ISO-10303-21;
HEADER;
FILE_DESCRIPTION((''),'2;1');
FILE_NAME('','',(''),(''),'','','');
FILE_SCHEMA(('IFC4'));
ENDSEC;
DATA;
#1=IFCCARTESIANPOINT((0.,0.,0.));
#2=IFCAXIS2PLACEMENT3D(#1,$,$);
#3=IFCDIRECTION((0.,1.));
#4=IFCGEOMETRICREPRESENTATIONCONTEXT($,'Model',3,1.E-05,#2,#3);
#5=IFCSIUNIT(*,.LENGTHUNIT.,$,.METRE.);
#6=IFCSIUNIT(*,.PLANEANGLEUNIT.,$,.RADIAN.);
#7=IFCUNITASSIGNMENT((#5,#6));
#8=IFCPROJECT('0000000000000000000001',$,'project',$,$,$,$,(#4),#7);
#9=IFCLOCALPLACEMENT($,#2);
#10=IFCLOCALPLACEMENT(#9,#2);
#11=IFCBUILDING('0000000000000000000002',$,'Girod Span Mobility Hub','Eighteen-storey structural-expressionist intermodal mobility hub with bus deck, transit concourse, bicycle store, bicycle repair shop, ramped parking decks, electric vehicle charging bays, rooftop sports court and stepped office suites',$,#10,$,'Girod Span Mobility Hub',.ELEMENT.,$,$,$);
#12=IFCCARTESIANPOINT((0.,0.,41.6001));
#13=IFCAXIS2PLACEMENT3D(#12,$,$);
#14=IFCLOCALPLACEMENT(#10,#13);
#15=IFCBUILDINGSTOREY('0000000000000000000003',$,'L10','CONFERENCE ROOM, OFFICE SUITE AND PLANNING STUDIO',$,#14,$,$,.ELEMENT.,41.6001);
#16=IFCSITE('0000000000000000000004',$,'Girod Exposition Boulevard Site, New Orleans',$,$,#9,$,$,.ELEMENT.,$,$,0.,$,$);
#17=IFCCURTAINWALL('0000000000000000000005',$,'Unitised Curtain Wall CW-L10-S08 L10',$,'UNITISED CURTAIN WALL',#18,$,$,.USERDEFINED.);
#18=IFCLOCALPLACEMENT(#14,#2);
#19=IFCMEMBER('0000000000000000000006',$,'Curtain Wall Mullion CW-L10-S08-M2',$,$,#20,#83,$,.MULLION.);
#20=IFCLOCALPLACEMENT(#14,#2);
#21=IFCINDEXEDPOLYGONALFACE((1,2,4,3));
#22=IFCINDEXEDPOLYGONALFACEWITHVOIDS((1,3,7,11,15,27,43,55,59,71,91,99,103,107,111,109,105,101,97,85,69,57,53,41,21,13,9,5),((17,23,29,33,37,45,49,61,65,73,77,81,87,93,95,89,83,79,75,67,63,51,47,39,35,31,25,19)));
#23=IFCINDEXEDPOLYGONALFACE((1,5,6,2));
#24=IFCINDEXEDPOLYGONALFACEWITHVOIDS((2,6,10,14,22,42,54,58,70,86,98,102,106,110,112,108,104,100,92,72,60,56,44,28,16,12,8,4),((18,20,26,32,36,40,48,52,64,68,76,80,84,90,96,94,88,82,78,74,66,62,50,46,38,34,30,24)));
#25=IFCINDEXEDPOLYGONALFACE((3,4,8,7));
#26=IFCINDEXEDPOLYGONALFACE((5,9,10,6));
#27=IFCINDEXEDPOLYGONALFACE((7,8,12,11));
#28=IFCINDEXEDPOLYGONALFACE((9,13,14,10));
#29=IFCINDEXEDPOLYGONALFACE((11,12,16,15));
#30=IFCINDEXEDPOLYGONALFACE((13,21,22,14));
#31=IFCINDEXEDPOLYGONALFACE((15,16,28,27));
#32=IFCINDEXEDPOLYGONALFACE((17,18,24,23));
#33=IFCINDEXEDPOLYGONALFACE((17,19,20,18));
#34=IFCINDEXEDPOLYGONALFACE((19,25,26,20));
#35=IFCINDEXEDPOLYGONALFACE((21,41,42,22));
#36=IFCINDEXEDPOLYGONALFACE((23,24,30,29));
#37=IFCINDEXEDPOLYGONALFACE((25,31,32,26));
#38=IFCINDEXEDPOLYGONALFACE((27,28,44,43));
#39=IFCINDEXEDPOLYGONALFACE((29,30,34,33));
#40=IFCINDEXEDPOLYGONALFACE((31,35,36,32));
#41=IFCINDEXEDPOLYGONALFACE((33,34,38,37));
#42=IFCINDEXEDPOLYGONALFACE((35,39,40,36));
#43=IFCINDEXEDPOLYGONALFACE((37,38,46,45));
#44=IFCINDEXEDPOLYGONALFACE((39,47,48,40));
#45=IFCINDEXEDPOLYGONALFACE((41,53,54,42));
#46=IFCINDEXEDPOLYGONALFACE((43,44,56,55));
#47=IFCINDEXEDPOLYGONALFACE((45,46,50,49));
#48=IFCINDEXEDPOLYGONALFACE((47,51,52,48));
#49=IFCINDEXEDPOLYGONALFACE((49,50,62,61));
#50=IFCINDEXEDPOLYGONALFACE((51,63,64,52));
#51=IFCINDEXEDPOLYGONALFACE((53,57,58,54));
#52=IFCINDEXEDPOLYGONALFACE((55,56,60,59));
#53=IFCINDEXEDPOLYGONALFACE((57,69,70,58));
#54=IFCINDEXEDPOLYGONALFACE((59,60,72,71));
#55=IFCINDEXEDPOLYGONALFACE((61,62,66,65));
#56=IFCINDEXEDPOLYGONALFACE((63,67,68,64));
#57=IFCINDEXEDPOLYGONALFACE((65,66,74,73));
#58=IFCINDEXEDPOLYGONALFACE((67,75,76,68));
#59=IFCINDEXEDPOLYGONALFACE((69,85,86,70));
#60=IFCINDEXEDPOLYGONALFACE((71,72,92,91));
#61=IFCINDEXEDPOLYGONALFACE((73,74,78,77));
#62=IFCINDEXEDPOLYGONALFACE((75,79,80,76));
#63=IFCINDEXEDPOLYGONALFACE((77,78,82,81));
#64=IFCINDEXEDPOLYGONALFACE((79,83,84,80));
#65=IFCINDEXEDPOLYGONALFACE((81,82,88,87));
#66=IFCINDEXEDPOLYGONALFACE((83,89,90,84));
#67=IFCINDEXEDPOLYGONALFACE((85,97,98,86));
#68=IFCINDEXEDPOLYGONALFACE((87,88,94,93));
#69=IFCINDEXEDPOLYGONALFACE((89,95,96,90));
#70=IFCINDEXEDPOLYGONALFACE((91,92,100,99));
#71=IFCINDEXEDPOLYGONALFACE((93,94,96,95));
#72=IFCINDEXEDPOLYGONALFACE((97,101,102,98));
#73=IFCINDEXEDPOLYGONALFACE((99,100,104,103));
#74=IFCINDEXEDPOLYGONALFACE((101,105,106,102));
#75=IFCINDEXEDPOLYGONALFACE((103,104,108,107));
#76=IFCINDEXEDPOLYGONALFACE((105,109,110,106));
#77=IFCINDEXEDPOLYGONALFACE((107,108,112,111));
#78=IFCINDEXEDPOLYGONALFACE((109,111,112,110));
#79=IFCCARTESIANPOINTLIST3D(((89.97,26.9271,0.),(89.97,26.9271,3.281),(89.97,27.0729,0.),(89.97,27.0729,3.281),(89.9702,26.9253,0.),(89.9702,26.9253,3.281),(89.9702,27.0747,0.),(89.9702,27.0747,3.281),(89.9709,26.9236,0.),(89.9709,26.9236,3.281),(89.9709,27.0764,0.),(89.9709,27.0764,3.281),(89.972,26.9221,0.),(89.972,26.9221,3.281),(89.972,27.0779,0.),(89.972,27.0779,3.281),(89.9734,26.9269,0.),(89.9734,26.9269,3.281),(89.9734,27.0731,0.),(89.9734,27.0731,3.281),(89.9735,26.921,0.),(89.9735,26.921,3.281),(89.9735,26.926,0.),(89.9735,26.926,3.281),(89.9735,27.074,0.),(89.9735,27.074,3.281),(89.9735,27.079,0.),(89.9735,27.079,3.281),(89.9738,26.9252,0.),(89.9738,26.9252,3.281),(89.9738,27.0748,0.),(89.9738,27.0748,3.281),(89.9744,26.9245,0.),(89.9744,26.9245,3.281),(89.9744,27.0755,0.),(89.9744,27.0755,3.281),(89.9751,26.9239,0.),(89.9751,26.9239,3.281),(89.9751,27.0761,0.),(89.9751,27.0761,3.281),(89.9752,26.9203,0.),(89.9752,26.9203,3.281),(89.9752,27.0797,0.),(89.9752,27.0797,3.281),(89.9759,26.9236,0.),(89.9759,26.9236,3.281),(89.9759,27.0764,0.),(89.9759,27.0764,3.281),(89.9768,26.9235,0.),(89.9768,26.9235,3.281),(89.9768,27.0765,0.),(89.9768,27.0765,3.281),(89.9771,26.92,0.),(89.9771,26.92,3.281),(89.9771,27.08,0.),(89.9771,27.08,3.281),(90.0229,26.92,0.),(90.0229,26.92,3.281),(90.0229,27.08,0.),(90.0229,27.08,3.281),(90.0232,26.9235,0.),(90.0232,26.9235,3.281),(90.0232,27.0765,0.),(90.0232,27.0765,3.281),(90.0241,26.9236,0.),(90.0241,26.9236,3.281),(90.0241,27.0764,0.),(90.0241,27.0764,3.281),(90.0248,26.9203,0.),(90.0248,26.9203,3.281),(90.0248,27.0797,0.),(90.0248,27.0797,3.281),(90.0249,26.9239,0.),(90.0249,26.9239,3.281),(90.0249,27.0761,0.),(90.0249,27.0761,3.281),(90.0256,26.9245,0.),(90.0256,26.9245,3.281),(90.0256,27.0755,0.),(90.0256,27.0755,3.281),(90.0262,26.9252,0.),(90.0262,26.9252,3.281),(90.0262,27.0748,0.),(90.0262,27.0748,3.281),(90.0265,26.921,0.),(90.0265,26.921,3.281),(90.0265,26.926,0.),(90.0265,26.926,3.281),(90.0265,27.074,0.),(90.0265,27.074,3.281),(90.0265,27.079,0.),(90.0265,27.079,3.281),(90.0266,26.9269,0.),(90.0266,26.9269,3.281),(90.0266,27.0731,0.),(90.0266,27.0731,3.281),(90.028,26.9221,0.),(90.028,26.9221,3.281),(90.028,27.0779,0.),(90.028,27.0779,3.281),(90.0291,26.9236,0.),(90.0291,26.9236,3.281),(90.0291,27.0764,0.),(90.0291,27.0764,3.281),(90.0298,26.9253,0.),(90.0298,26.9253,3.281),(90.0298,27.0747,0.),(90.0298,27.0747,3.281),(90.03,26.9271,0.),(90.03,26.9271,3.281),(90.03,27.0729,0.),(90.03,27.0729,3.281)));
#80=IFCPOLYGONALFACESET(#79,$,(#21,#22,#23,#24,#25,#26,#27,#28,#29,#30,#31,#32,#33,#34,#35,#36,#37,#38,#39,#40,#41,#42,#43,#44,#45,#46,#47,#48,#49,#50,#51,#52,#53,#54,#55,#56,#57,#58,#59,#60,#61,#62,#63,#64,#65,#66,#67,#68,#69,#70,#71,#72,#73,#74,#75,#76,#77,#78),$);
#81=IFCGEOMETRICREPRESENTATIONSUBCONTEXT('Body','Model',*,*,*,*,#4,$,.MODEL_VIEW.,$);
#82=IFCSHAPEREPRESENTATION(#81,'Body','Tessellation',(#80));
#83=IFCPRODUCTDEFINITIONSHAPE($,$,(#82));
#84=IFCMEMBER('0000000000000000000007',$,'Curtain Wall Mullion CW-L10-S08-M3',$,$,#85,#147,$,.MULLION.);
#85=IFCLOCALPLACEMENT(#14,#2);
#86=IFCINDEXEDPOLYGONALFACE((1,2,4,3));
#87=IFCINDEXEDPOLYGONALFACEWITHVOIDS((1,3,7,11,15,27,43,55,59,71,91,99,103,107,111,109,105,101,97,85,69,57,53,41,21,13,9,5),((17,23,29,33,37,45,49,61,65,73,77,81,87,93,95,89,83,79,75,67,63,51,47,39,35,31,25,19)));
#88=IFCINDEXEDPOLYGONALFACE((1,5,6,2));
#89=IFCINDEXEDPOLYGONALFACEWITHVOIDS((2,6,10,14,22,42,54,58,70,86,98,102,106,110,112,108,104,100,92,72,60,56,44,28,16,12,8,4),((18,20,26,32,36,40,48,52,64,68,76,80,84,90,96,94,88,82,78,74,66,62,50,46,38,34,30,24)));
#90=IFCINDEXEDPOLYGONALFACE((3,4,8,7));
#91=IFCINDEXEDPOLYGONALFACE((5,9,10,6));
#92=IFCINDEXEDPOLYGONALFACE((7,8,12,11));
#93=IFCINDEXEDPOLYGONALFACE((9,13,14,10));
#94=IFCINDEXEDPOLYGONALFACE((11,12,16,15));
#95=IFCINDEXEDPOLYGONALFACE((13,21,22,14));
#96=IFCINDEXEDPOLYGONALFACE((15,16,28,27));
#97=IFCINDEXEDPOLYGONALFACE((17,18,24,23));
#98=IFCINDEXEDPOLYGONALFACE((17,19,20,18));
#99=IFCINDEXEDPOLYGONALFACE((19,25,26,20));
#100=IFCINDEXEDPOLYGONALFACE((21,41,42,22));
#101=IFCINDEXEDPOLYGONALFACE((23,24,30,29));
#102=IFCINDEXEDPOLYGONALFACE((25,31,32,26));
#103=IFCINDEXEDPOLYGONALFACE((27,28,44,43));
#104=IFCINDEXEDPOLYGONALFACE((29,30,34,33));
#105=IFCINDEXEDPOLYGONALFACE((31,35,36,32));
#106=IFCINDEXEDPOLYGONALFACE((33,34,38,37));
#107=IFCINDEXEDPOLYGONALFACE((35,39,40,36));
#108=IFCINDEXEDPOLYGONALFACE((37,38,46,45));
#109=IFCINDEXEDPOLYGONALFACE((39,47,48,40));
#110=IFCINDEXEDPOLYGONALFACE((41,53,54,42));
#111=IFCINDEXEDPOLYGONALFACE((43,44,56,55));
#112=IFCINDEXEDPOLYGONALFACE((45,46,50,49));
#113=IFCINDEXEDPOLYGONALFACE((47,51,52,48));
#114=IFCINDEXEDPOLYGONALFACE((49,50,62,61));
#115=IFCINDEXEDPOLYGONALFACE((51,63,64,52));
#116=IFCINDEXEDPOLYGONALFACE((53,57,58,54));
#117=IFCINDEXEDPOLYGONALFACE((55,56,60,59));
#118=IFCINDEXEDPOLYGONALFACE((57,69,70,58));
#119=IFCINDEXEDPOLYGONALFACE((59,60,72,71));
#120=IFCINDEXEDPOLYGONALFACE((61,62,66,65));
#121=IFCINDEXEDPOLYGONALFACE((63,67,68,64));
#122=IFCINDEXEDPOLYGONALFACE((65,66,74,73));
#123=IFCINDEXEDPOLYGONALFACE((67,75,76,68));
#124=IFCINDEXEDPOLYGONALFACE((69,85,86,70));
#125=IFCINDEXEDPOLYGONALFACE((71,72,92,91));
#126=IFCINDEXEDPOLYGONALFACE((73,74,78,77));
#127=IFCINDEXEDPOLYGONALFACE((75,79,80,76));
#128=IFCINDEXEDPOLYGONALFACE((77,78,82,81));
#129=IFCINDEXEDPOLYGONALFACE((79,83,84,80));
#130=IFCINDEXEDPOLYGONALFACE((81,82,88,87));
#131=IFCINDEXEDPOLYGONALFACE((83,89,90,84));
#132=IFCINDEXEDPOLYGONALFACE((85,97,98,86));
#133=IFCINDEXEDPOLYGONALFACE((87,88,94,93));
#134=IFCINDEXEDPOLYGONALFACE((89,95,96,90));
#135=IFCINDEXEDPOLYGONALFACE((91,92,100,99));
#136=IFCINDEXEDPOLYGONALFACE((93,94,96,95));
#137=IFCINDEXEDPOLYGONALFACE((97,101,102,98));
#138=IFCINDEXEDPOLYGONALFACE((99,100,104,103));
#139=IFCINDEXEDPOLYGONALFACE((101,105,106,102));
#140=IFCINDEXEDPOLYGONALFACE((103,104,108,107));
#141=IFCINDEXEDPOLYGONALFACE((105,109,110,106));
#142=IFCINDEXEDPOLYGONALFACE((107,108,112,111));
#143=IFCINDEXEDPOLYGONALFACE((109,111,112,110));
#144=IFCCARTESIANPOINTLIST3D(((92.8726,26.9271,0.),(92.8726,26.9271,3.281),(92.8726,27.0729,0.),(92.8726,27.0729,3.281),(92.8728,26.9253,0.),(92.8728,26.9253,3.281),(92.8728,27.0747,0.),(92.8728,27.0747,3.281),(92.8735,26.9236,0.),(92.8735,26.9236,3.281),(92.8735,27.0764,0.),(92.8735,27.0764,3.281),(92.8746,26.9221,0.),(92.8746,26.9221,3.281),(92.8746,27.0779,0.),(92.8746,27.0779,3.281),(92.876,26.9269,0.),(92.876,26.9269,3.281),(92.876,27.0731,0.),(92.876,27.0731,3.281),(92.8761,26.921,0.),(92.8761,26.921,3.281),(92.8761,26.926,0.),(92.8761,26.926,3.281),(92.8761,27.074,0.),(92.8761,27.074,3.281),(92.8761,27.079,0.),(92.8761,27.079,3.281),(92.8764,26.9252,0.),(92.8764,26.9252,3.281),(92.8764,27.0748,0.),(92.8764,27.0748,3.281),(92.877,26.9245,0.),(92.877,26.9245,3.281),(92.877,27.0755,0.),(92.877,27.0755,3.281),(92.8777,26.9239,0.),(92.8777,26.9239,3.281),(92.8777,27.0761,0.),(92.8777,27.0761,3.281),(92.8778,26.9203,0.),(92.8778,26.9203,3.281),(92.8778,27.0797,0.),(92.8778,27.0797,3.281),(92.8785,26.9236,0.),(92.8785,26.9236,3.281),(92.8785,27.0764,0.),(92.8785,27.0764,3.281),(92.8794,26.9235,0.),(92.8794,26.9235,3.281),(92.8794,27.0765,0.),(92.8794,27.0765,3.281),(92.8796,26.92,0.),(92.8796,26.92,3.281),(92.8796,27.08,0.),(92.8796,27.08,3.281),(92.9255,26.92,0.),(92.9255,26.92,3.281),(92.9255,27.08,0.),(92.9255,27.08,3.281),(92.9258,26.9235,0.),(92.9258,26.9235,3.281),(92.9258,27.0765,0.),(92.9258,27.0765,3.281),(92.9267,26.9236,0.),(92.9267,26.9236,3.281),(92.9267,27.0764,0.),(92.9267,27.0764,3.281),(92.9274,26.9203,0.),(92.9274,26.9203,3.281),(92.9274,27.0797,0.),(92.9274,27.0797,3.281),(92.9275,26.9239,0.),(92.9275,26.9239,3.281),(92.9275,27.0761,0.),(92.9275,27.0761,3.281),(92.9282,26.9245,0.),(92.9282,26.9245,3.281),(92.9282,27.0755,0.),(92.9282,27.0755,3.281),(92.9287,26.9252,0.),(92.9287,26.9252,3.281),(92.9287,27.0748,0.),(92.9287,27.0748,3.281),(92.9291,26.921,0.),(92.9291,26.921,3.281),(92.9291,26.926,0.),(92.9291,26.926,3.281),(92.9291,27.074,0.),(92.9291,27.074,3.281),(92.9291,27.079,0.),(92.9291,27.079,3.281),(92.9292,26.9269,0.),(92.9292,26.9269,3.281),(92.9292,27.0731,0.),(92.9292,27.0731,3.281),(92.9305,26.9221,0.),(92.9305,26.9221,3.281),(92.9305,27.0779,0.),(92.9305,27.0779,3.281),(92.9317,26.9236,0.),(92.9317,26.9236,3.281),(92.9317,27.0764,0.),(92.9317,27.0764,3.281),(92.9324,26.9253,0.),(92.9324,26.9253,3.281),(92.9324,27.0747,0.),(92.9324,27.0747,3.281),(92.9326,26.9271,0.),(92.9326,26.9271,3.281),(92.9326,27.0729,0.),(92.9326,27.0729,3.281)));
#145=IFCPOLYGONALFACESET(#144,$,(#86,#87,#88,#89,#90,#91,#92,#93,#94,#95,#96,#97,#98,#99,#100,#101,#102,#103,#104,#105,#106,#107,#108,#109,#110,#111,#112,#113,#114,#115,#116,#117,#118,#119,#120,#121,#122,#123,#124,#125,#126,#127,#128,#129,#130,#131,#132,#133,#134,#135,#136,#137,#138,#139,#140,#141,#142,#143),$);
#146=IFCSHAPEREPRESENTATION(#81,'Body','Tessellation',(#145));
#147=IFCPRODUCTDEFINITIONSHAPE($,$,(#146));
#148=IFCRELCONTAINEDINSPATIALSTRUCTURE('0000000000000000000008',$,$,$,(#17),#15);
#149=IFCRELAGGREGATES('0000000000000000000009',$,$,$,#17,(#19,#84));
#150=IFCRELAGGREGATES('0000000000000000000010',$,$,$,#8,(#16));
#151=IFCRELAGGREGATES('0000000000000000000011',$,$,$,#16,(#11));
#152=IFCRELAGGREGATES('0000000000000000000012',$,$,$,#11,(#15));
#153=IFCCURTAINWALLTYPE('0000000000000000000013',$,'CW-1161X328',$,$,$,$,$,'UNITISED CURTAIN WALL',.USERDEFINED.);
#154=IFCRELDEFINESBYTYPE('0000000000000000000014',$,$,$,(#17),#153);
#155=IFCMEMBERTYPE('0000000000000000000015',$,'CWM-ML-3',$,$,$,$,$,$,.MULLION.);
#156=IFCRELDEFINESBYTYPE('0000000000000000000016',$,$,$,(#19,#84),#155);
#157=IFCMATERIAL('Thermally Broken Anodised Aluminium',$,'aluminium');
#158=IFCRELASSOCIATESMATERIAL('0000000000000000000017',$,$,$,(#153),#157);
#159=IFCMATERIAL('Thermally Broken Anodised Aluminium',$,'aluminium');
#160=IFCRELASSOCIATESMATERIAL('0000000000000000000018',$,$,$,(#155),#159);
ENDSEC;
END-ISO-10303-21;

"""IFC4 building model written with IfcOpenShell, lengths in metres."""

from ifc_helpers import new_model, si_unit, direction, frame, origin, origin_2d, place, context, subcontext, project, spatial, hollow_rectangle, extrude, material, material_profile, profile_set, type_object, element, aggregate, save


model = new_model("IFC4")

# Units and contexts
model_context = context("Model", 3, precision=1e-05, world=origin(), true_north=direction((0.0, 1.0)))
body_context = subcontext(model_context, "Body", "Model", "MODEL_VIEW")
ifc_project = project(units=[si_unit("LENGTHUNIT", "METRE"), si_unit("PLANEANGLEUNIT", "RADIAN")], contexts=[model_context])

# Site, building, storey
site_placement = place(None, origin())
site = spatial("IfcSite", under=ifc_project, at=site_placement, Name="Girod Exposition Boulevard Site, New Orleans", CompositionType="ELEMENT", RefElevation=0.0)
building_placement = place(site_placement, origin())
building = spatial("IfcBuilding", under=site, at=building_placement, Name="Girod Span Mobility Hub", Description="Eighteen-storey structural-expressionist intermodal mobility hub with bus deck, transit concourse, bicycle store, bicycle repair shop, ramped parking decks, electric vehicle charging bays, rooftop sports court and stepped office suites", LongName="Girod Span Mobility Hub", CompositionType="ELEMENT")
storey_placement = place(building_placement, frame((0.0, 0.0, 41.6001)))
storey = spatial("IfcBuildingStorey", under=building, at=storey_placement, Name="L10", Description="CONFERENCE ROOM, OFFICE SUITE AND PLANNING STUDIO", CompositionType="ELEMENT", Elevation=41.6001)

# Curtain wall, members
ifc_material_1 = material(Name="Thermally Broken Anodised Aluminium", Category="aluminium")
curtain_wall_type = type_object("IfcCurtainWallType", Name="CW-1161X328", ElementType="UNITISED CURTAIN WALL", PredefinedType="USERDEFINED", material=ifc_material_1)
curtain_wall_placement = place(storey_placement, origin())
curtain_wall = element("IfcCurtainWall", 1, at=curtain_wall_placement, inside=storey, type_object=curtain_wall_type, Name="Unitised Curtain Wall CW-L10-S08 L10", ObjectType="UNITISED CURTAIN WALL", PredefinedType="USERDEFINED")
ifc_material_2 = material(Name="Thermally Broken Anodised Aluminium", Category="aluminium")
ifc_material_profile_1 = material_profile(ifc_material_2, hollow_rectangle(XDim=0.1599, YDim=0.0601, WallThickness=0.0034, InnerFilletRadius=0.0034, OuterFilletRadius=0.0071, at=origin_2d()), Name="CW-ML-60X160")
ifc_profile_set_1 = profile_set([ifc_material_profile_1], Name="Thermally Broken Anodised Aluminium")
member_type_1 = type_object("IfcMemberType", Name="CWM-ML-3", PredefinedType="MULLION", material=ifc_profile_set_1)
member_1_placement = place(storey_placement, frame((90.0, 27.0, 0.0), z_axis=(0.0, 0.0, 1.0), x_axis=(0.0, 1.0, 0.0)))
member_1 = element("IfcMember", 2, at=member_1_placement, type_object=member_type_1, Name="Curtain Wall Mullion CW-L10-S08-M2", PredefinedType="MULLION", context=body_context, shape_type="SweptSolid", body=[
    extrude(hollow_rectangle(XDim=0.1599, YDim=0.0601, WallThickness=0.0034, InnerFilletRadius=0.0034, OuterFilletRadius=0.0071, at=origin_2d()), origin(), (0.0, 0.0, 1.0), 3.281),
])
member_2_placement = place(storey_placement, frame((92.9026, 27.0, 0.0), z_axis=(0.0, 0.0, 1.0), x_axis=(0.0, 1.0, 0.0)))
member_2 = element("IfcMember", 3, at=member_2_placement, type_object=member_type_1, Name="Curtain Wall Mullion CW-L10-S08-M3", PredefinedType="MULLION", context=body_context, shape_type="SweptSolid", body=[
    extrude(hollow_rectangle(XDim=0.1599, YDim=0.0601, WallThickness=0.0034, InnerFilletRadius=0.0034, OuterFilletRadius=0.0071, at=origin_2d()), origin(), (0.0, 0.0, 1.0), 3.281),
])

aggregate(curtain_wall, [member_1, member_2])

save(model, "model.ifc")
